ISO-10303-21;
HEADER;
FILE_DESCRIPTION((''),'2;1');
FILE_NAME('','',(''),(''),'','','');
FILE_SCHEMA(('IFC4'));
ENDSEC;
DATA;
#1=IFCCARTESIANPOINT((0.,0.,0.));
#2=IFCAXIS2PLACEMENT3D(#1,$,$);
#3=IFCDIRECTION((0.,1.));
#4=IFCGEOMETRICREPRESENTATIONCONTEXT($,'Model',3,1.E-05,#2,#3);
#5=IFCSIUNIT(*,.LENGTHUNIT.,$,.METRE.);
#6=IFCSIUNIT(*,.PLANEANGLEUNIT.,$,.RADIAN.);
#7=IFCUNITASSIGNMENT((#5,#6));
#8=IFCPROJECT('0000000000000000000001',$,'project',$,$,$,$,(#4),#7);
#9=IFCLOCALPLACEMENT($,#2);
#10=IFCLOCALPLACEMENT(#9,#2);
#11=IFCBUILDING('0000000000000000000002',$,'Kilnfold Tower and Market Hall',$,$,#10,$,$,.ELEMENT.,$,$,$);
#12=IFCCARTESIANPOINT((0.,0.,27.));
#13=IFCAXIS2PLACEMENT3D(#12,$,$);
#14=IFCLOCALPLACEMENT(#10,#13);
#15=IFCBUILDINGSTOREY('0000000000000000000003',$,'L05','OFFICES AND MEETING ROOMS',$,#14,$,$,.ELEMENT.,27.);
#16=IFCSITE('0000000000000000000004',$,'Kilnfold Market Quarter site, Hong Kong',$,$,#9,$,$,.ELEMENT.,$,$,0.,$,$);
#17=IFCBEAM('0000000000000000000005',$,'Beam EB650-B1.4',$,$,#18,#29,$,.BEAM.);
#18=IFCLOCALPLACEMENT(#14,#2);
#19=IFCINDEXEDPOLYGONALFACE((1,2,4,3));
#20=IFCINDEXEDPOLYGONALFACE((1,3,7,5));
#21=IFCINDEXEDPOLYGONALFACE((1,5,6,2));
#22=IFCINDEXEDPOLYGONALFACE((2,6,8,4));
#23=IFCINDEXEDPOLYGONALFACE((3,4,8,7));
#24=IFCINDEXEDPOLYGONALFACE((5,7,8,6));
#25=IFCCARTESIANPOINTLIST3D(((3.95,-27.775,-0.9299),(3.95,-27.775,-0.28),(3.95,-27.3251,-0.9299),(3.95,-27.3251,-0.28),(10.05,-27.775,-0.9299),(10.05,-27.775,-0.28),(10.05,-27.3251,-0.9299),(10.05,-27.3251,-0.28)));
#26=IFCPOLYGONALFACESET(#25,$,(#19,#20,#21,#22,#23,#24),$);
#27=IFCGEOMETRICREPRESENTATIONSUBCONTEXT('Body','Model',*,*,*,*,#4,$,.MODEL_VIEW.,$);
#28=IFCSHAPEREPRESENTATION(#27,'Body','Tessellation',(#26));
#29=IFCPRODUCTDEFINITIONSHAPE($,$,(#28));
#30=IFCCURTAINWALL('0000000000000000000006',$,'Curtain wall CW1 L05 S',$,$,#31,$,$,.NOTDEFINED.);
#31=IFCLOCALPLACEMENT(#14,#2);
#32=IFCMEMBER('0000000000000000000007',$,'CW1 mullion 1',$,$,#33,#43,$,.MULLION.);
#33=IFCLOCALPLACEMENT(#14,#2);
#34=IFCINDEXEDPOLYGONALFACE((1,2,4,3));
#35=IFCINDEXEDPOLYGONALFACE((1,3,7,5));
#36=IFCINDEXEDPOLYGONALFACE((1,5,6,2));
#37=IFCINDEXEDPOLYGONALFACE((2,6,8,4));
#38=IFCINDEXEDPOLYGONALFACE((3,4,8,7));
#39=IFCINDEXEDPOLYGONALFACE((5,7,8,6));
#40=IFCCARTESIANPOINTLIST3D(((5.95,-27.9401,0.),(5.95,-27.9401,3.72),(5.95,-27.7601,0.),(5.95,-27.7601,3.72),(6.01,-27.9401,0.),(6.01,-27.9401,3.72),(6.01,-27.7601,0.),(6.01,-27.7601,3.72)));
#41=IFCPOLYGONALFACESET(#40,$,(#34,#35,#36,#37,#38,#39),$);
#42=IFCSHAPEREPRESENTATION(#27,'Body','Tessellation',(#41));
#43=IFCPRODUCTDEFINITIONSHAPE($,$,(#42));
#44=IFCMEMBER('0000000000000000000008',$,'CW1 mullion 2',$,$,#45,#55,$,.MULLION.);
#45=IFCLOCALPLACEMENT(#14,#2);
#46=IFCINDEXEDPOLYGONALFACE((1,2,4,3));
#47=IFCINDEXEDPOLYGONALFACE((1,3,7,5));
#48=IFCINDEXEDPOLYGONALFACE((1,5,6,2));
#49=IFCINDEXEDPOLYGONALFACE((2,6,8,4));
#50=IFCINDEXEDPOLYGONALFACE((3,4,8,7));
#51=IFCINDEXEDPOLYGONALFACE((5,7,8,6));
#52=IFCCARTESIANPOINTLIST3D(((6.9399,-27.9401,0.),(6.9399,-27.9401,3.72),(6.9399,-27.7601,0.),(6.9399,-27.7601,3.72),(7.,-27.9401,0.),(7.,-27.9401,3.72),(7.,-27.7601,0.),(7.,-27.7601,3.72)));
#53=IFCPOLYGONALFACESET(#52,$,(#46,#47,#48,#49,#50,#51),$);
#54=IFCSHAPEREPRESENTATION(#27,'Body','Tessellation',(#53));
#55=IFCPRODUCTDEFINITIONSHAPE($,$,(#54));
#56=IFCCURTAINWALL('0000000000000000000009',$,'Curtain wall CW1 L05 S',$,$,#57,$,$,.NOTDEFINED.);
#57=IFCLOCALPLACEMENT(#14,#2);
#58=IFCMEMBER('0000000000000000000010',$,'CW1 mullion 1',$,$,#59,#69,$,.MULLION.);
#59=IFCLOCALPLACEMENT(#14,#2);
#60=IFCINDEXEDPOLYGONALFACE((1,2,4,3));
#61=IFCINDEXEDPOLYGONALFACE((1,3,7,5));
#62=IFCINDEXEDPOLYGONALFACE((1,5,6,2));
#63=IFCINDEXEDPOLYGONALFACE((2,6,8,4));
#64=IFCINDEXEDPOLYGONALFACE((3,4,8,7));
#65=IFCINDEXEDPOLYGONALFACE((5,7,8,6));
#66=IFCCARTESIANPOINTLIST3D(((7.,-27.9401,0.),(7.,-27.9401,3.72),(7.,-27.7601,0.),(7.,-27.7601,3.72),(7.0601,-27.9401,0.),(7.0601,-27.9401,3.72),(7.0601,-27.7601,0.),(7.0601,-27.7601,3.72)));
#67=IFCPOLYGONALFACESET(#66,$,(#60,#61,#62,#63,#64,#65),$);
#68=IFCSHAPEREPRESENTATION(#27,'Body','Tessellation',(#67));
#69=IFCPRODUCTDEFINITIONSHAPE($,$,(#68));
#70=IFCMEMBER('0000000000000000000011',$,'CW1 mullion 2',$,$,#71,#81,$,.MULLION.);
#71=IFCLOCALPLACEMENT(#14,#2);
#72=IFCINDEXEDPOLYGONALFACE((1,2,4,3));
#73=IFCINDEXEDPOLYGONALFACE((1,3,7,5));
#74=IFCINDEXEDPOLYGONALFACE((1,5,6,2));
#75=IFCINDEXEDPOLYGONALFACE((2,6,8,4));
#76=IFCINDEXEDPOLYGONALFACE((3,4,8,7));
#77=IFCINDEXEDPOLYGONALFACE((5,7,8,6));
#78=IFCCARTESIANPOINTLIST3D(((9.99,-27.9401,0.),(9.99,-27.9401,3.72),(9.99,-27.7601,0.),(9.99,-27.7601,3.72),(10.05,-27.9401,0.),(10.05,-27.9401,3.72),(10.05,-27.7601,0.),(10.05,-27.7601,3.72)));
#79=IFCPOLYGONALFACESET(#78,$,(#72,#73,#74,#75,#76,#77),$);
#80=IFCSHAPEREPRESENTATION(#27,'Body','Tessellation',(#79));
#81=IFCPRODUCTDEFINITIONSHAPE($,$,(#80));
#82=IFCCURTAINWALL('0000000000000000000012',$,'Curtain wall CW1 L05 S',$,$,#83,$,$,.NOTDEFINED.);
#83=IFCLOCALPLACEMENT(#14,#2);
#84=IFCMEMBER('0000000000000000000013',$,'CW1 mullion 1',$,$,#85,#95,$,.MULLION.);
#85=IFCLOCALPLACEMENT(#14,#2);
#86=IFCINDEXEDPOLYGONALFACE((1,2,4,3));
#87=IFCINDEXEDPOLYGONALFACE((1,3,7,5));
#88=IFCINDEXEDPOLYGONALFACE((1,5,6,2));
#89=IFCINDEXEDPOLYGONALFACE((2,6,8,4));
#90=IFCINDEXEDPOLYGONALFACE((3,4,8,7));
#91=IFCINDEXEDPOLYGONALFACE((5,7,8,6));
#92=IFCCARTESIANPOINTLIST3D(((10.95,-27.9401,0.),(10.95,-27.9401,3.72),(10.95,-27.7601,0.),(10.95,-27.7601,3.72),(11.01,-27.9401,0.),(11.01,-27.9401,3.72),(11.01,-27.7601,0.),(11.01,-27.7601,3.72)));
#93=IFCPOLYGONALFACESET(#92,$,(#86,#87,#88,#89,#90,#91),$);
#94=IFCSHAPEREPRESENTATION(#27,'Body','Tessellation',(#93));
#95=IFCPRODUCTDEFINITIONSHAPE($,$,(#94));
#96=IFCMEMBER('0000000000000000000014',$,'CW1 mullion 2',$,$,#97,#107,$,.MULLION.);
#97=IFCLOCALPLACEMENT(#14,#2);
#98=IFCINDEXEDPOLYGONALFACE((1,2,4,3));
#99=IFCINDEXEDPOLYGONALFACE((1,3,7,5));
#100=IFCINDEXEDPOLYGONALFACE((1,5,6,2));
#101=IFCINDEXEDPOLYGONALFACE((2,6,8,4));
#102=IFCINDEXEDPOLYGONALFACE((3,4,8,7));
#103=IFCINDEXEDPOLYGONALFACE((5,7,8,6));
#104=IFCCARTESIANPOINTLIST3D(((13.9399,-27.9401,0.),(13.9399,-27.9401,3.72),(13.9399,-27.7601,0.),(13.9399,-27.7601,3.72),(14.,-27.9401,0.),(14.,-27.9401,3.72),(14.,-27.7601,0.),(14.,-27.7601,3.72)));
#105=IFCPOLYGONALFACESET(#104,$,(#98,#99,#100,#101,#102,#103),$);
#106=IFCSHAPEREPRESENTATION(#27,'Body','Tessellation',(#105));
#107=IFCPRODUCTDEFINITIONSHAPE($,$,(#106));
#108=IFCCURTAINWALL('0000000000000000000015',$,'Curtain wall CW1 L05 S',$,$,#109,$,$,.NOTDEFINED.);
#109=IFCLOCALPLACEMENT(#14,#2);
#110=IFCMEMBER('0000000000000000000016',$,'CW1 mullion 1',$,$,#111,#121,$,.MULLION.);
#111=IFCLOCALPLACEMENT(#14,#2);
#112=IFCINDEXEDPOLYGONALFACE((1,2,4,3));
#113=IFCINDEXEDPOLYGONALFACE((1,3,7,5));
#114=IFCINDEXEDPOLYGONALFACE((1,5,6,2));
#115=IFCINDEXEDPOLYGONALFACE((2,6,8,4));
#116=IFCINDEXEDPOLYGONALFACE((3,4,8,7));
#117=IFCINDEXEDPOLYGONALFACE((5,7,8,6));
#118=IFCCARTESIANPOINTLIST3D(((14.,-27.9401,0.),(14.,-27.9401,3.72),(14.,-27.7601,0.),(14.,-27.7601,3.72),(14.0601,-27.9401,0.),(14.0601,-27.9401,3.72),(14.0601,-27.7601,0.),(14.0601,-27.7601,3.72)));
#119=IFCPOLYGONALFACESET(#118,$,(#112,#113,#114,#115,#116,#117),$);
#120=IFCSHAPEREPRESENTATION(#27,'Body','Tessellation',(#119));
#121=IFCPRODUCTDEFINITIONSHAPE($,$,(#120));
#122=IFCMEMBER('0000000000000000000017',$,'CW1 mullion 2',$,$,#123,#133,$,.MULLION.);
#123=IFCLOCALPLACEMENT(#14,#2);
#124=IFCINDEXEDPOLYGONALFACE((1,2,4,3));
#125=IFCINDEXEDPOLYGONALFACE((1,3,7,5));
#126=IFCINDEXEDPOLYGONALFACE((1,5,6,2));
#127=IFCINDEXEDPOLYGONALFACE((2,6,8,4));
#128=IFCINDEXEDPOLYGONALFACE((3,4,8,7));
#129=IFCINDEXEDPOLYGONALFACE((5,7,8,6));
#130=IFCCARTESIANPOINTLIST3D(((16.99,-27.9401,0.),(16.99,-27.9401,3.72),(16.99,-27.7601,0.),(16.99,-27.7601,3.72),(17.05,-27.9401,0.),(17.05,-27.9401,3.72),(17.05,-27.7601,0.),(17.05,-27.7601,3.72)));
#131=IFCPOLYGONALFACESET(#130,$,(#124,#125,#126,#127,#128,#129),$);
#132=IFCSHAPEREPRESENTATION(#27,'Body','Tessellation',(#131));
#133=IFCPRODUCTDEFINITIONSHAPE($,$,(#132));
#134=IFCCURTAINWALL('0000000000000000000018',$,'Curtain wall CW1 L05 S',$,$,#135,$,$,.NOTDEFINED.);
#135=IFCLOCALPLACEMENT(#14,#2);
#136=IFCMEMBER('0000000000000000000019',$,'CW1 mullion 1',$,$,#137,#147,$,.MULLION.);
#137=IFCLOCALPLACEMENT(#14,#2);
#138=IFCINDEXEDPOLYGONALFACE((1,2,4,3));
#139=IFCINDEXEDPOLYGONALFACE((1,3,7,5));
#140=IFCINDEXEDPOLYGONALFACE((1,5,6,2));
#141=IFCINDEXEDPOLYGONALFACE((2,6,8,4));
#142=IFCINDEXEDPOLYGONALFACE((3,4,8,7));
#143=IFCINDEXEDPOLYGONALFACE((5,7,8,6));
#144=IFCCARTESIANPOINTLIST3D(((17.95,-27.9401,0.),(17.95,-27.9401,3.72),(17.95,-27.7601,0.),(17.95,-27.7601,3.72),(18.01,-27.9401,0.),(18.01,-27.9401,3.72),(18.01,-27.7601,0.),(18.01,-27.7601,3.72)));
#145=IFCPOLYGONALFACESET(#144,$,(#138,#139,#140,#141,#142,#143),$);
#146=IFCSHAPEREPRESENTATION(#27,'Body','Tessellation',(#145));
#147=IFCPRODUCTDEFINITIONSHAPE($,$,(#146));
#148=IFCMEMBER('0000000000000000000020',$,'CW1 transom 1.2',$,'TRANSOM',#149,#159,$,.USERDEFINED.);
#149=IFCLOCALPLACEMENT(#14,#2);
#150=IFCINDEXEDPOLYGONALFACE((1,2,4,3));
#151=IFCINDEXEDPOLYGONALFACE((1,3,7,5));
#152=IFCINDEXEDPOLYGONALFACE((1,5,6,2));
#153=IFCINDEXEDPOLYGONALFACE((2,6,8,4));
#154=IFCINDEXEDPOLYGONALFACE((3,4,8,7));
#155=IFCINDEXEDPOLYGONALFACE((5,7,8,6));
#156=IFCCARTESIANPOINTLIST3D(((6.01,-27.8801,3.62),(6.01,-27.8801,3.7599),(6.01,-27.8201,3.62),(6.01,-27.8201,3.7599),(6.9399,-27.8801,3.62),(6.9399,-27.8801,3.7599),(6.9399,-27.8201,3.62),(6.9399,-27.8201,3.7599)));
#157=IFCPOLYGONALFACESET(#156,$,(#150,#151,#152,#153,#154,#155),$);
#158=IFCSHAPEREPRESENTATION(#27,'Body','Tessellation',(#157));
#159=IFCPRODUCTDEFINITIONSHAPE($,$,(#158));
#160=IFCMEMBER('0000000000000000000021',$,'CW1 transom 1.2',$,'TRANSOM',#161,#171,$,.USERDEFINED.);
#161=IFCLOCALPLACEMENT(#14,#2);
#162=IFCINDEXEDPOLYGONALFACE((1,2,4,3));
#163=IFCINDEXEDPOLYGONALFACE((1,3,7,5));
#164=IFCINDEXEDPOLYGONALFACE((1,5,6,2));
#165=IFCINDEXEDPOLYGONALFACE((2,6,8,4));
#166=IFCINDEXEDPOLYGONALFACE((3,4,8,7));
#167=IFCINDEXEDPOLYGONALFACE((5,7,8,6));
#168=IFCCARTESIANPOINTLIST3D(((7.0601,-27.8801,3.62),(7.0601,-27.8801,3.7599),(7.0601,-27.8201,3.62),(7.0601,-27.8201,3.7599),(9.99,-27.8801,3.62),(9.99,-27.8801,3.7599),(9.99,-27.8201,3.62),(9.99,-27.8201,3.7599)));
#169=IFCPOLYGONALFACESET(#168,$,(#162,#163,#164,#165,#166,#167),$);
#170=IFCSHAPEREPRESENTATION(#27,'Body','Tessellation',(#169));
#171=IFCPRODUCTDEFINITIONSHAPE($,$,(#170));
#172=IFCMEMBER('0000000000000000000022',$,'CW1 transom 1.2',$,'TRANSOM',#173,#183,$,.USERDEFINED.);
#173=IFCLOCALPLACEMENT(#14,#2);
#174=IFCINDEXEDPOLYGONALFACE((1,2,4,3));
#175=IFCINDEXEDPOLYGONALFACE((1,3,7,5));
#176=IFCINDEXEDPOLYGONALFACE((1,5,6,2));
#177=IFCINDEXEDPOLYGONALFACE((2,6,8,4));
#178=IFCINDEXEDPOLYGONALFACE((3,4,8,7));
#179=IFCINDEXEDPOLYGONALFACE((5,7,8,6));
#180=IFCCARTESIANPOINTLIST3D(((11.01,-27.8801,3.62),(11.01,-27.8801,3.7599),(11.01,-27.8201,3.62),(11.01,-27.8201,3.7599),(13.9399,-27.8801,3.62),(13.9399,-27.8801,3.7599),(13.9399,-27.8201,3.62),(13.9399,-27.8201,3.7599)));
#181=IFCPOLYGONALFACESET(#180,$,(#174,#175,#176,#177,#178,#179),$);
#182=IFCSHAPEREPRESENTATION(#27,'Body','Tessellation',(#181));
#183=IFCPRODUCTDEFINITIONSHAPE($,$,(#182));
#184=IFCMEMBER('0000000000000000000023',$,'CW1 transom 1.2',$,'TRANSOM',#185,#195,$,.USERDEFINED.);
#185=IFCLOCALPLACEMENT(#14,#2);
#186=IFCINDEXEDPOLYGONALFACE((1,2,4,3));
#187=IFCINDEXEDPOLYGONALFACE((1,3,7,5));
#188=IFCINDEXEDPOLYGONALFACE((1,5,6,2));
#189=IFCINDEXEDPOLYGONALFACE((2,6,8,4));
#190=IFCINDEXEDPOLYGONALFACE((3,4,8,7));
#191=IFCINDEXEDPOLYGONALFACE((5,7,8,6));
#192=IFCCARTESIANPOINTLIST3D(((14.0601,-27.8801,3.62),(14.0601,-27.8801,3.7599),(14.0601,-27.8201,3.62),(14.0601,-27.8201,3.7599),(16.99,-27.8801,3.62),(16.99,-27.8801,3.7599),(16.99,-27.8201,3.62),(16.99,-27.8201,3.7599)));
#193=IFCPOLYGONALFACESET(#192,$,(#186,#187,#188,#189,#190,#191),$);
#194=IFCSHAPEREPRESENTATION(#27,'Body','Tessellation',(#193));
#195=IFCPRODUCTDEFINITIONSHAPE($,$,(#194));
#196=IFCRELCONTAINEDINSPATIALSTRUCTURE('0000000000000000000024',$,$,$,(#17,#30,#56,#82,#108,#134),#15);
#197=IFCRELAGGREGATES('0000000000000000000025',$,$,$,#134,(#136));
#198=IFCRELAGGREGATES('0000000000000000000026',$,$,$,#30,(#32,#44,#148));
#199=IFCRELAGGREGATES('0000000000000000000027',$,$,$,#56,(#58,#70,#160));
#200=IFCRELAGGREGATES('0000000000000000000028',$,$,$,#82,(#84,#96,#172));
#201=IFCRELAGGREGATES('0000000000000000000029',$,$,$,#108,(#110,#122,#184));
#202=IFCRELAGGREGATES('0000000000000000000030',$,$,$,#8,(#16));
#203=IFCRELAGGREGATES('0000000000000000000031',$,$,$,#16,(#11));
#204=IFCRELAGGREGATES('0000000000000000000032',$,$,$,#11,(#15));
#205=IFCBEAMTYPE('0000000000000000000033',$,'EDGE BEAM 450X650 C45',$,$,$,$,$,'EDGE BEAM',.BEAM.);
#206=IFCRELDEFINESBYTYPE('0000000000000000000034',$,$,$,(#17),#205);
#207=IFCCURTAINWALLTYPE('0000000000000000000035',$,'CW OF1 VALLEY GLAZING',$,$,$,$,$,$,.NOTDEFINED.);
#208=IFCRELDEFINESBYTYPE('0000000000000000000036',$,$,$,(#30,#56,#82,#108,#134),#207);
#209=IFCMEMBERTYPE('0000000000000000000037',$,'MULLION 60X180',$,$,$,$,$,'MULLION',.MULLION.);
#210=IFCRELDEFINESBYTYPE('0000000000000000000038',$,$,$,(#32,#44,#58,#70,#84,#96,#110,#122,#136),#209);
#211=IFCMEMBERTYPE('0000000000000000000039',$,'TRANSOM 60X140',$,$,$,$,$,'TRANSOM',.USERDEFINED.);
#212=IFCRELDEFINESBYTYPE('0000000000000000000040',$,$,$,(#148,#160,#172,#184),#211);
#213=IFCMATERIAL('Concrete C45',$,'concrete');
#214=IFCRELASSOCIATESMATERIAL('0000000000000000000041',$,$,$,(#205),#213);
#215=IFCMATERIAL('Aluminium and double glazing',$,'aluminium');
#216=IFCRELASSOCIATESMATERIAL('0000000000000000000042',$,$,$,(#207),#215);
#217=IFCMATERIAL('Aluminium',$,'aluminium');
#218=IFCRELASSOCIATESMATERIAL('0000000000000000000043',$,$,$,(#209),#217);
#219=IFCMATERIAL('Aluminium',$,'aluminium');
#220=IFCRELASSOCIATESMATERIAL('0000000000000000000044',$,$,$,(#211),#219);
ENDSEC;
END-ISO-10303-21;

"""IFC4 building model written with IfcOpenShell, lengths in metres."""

from ifc_helpers import new_model, si_unit, direction, frame, origin, origin_2d, place, context, subcontext, project, spatial, rectangle, extrude, source, transform, mapped, material, material_profile, profile_set, type_object, element, aggregate, save


model = new_model("IFC4")

# Units and contexts
model_context = context("Model", 3, precision=1e-05, world=origin(), true_north=direction((0.0, 1.0)))
body_context = subcontext(model_context, "Body", "Model", "MODEL_VIEW")
ifc_project = project(units=[si_unit("LENGTHUNIT", "METRE"), si_unit("PLANEANGLEUNIT", "RADIAN")], contexts=[model_context])

# Site, building, storey
site_placement = place(None, origin())
site = spatial("IfcSite", under=ifc_project, at=site_placement, Name="Kilnfold Market Quarter site, Hong Kong", CompositionType="ELEMENT", RefElevation=0.0)
building_placement = place(site_placement, origin())
building = spatial("IfcBuilding", under=site, at=building_placement, Name="Kilnfold Tower and Market Hall", CompositionType="ELEMENT")
storey_placement = place(building_placement, frame((0.0, 0.0, 27.0)))
storey = spatial("IfcBuildingStorey", under=building, at=storey_placement, Name="L05", Description="OFFICES AND MEETING ROOMS", CompositionType="ELEMENT", Elevation=27.0)

# Beam
ifc_material_1 = material(Name="Concrete C45", Category="concrete")
ifc_material_profile_1 = material_profile(ifc_material_1, rectangle(XDim=0.45, YDim=0.6499, at=origin_2d()), Name="RC 450x650")
ifc_profile_set_1 = profile_set([ifc_material_profile_1], Name="Concrete C45")
beam_type = type_object("IfcBeamType", Name="EDGE BEAM 450X650 C45", ElementType="EDGE BEAM", PredefinedType="BEAM", material=ifc_profile_set_1)
shared_shape_1 = source(origin(), body_context, "Body", "SweptSolid", [
    extrude(rectangle(XDim=0.45, YDim=0.6499, at=origin_2d()), origin(), (0.0, 0.0, 1.0), 6.1001),
])
beam_placement = place(storey_placement, frame((3.95, -27.55, -0.605), z_axis=(1.0, 0.0, 0.0), x_axis=(0.0, 1.0, 0.0)))
element("IfcBeam", 1, at=beam_placement, inside=storey, type_object=beam_type, Name="Beam EB650-B1.4", PredefinedType="BEAM", context=body_context, shape_type="MappedRepresentation", body=[
    mapped(shared_shape_1, transform((0.0, 0.0, 0.0))),
])

# Curtain walls, members
ifc_material_2 = material(Name="Aluminium and double glazing", Category="aluminium")
curtain_wall_type = type_object("IfcCurtainWallType", Name="CW OF1 VALLEY GLAZING", PredefinedType="NOTDEFINED", material=ifc_material_2)
curtain_wall_1_placement = place(storey_placement, origin())
curtain_wall_1 = element("IfcCurtainWall", 2, at=curtain_wall_1_placement, inside=storey, type_object=curtain_wall_type, Name="Curtain wall CW1 L05 S", PredefinedType="NOTDEFINED")
ifc_material_3 = material(Name="Aluminium", Category="aluminium")
ifc_material_profile_2 = material_profile(ifc_material_3, rectangle(XDim=0.0601, YDim=0.1799, at=origin_2d()), Name="MULLION 60x180")
ifc_profile_set_2 = profile_set([ifc_material_profile_2], Name="Aluminium")
member_type_1 = type_object("IfcMemberType", Name="MULLION 60X180", ElementType="MULLION", PredefinedType="MULLION", material=ifc_profile_set_2)
shared_shape_2 = source(origin(), body_context, "Body", "SweptSolid", [
    extrude(rectangle(XDim=0.0601, YDim=0.1799, at=origin_2d()), origin(), (0.0, 0.0, 1.0), 3.72),
])
member_1_placement = place(storey_placement, frame((5.98, -27.8501, 0.0), z_axis=(0.0, 0.0, 1.0), x_axis=(1.0, 0.0, 0.0)))
member_1 = element("IfcMember", 3, at=member_1_placement, type_object=member_type_1, Name="CW1 mullion 1", PredefinedType="MULLION", context=body_context, shape_type="MappedRepresentation", body=[
    mapped(shared_shape_2, transform((0.0, 0.0, 0.0))),
])
member_2_placement = place(storey_placement, frame((6.97, -27.8501, 0.0), z_axis=(0.0, 0.0, 1.0), x_axis=(1.0, 0.0, 0.0)))
member_2 = element("IfcMember", 4, at=member_2_placement, type_object=member_type_1, Name="CW1 mullion 2", PredefinedType="MULLION", context=body_context, shape_type="MappedRepresentation", body=[
    mapped(shared_shape_2, transform((0.0, 0.0, 0.0))),
])
curtain_wall_2_placement = place(storey_placement, origin())
curtain_wall_2 = element("IfcCurtainWall", 5, at=curtain_wall_2_placement, inside=storey, type_object=curtain_wall_type, Name="Curtain wall CW1 L05 S", PredefinedType="NOTDEFINED")
member_3_placement = place(storey_placement, frame((7.03, -27.8501, 0.0), z_axis=(0.0, 0.0, 1.0), x_axis=(1.0, 0.0, 0.0)))
member_3 = element("IfcMember", 6, at=member_3_placement, type_object=member_type_1, Name="CW1 mullion 1", PredefinedType="MULLION", context=body_context, shape_type="MappedRepresentation", body=[
    mapped(shared_shape_2, transform((0.0, 0.0, 0.0))),
])
member_4_placement = place(storey_placement, frame((10.02, -27.8501, 0.0), z_axis=(0.0, 0.0, 1.0), x_axis=(1.0, 0.0, 0.0)))
member_4 = element("IfcMember", 7, at=member_4_placement, type_object=member_type_1, Name="CW1 mullion 2", PredefinedType="MULLION", context=body_context, shape_type="MappedRepresentation", body=[
    mapped(shared_shape_2, transform((0.0, 0.0, 0.0))),
])
curtain_wall_3_placement = place(storey_placement, origin())
curtain_wall_3 = element("IfcCurtainWall", 8, at=curtain_wall_3_placement, inside=storey, type_object=curtain_wall_type, Name="Curtain wall CW1 L05 S", PredefinedType="NOTDEFINED")
member_5_placement = place(storey_placement, frame((10.98, -27.8501, 0.0), z_axis=(0.0, 0.0, 1.0), x_axis=(1.0, 0.0, 0.0)))
member_5 = element("IfcMember", 9, at=member_5_placement, type_object=member_type_1, Name="CW1 mullion 1", PredefinedType="MULLION", context=body_context, shape_type="MappedRepresentation", body=[
    mapped(shared_shape_2, transform((0.0, 0.0, 0.0))),
])
member_6_placement = place(storey_placement, frame((13.97, -27.8501, 0.0), z_axis=(0.0, 0.0, 1.0), x_axis=(1.0, 0.0, 0.0)))
member_6 = element("IfcMember", 10, at=member_6_placement, type_object=member_type_1, Name="CW1 mullion 2", PredefinedType="MULLION", context=body_context, shape_type="MappedRepresentation", body=[
    mapped(shared_shape_2, transform((0.0, 0.0, 0.0))),
])
curtain_wall_4_placement = place(storey_placement, origin())
curtain_wall_4 = element("IfcCurtainWall", 11, at=curtain_wall_4_placement, inside=storey, type_object=curtain_wall_type, Name="Curtain wall CW1 L05 S", PredefinedType="NOTDEFINED")
member_7_placement = place(storey_placement, frame((14.03, -27.8501, 0.0), z_axis=(0.0, 0.0, 1.0), x_axis=(1.0, 0.0, 0.0)))
member_7 = element("IfcMember", 12, at=member_7_placement, type_object=member_type_1, Name="CW1 mullion 1", PredefinedType="MULLION", context=body_context, shape_type="MappedRepresentation", body=[
    mapped(shared_shape_2, transform((0.0, 0.0, 0.0))),
])
member_8_placement = place(storey_placement, frame((17.02, -27.8501, 0.0), z_axis=(0.0, 0.0, 1.0), x_axis=(1.0, 0.0, 0.0)))
member_8 = element("IfcMember", 13, at=member_8_placement, type_object=member_type_1, Name="CW1 mullion 2", PredefinedType="MULLION", context=body_context, shape_type="MappedRepresentation", body=[
    mapped(shared_shape_2, transform((0.0, 0.0, 0.0))),
])

# Curtain wall, member
curtain_wall_5_placement = place(storey_placement, origin())
curtain_wall_5 = element("IfcCurtainWall", 14, at=curtain_wall_5_placement, inside=storey, type_object=curtain_wall_type, Name="Curtain wall CW1 L05 S", PredefinedType="NOTDEFINED")
member_9_placement = place(storey_placement, frame((17.98, -27.8501, 0.0), z_axis=(0.0, 0.0, 1.0), x_axis=(1.0, 0.0, 0.0)))
member_9 = element("IfcMember", 15, at=member_9_placement, type_object=member_type_1, Name="CW1 mullion 1", PredefinedType="MULLION", context=body_context, shape_type="MappedRepresentation", body=[
    mapped(shared_shape_2, transform((0.0, 0.0, 0.0))),
])

# Members
ifc_material_4 = material(Name="Aluminium", Category="aluminium")
ifc_material_profile_3 = material_profile(ifc_material_4, rectangle(XDim=0.0601, YDim=0.1399, at=origin_2d()), Name="TRANSOM 60x140")
ifc_profile_set_3 = profile_set([ifc_material_profile_3], Name="Aluminium")
member_type_2 = type_object("IfcMemberType", Name="TRANSOM 60X140", ElementType="TRANSOM", PredefinedType="USERDEFINED", material=ifc_profile_set_3)
shared_shape_3 = source(origin(), body_context, "Body", "SweptSolid", [
    extrude(rectangle(XDim=0.0601, YDim=0.1399, at=origin_2d()), origin(), (0.0, 0.0, 1.0), 0.9299),
])
member_10_placement = place(storey_placement, frame((6.01, -27.8501, 3.6899), z_axis=(1.0, 0.0, 0.0), x_axis=(0.0, 1.0, 0.0)))
member_10 = element("IfcMember", 16, at=member_10_placement, type_object=member_type_2, Name="CW1 transom 1.2", ObjectType="TRANSOM", PredefinedType="USERDEFINED", context=body_context, shape_type="MappedRepresentation", body=[
    mapped(shared_shape_3, transform((0.0, 0.0, 0.0))),
])
shared_shape_4 = source(origin(), body_context, "Body", "SweptSolid", [
    extrude(rectangle(XDim=0.0601, YDim=0.1399, at=origin_2d()), origin(), (0.0, 0.0, 1.0), 2.9299),
])
member_11_placement = place(storey_placement, frame((7.0601, -27.8501, 3.6899), z_axis=(1.0, 0.0, 0.0), x_axis=(0.0, 1.0, 0.0)))
member_11 = element("IfcMember", 17, at=member_11_placement, type_object=member_type_2, Name="CW1 transom 1.2", ObjectType="TRANSOM", PredefinedType="USERDEFINED", context=body_context, shape_type="MappedRepresentation", body=[
    mapped(shared_shape_4, transform((0.0, 0.0, 0.0))),
])
member_12_placement = place(storey_placement, frame((11.01, -27.8501, 3.6899), z_axis=(1.0, 0.0, 0.0), x_axis=(0.0, 1.0, 0.0)))
member_12 = element("IfcMember", 18, at=member_12_placement, type_object=member_type_2, Name="CW1 transom 1.2", ObjectType="TRANSOM", PredefinedType="USERDEFINED", context=body_context, shape_type="MappedRepresentation", body=[
    mapped(shared_shape_4, transform((0.0, 0.0, 0.0))),
])
member_13_placement = place(storey_placement, frame((14.0601, -27.8501, 3.6899), z_axis=(1.0, 0.0, 0.0), x_axis=(0.0, 1.0, 0.0)))
member_13 = element("IfcMember", 19, at=member_13_placement, type_object=member_type_2, Name="CW1 transom 1.2", ObjectType="TRANSOM", PredefinedType="USERDEFINED", context=body_context, shape_type="MappedRepresentation", body=[
    mapped(shared_shape_4, transform((0.0, 0.0, 0.0))),
])
aggregate(curtain_wall_5, [member_9])

aggregate(curtain_wall_1, [member_1, member_2, member_10])
aggregate(curtain_wall_2, [member_3, member_4, member_11])
aggregate(curtain_wall_3, [member_5, member_6, member_12])
aggregate(curtain_wall_4, [member_7, member_8, member_13])

save(model, "model.ifc")
